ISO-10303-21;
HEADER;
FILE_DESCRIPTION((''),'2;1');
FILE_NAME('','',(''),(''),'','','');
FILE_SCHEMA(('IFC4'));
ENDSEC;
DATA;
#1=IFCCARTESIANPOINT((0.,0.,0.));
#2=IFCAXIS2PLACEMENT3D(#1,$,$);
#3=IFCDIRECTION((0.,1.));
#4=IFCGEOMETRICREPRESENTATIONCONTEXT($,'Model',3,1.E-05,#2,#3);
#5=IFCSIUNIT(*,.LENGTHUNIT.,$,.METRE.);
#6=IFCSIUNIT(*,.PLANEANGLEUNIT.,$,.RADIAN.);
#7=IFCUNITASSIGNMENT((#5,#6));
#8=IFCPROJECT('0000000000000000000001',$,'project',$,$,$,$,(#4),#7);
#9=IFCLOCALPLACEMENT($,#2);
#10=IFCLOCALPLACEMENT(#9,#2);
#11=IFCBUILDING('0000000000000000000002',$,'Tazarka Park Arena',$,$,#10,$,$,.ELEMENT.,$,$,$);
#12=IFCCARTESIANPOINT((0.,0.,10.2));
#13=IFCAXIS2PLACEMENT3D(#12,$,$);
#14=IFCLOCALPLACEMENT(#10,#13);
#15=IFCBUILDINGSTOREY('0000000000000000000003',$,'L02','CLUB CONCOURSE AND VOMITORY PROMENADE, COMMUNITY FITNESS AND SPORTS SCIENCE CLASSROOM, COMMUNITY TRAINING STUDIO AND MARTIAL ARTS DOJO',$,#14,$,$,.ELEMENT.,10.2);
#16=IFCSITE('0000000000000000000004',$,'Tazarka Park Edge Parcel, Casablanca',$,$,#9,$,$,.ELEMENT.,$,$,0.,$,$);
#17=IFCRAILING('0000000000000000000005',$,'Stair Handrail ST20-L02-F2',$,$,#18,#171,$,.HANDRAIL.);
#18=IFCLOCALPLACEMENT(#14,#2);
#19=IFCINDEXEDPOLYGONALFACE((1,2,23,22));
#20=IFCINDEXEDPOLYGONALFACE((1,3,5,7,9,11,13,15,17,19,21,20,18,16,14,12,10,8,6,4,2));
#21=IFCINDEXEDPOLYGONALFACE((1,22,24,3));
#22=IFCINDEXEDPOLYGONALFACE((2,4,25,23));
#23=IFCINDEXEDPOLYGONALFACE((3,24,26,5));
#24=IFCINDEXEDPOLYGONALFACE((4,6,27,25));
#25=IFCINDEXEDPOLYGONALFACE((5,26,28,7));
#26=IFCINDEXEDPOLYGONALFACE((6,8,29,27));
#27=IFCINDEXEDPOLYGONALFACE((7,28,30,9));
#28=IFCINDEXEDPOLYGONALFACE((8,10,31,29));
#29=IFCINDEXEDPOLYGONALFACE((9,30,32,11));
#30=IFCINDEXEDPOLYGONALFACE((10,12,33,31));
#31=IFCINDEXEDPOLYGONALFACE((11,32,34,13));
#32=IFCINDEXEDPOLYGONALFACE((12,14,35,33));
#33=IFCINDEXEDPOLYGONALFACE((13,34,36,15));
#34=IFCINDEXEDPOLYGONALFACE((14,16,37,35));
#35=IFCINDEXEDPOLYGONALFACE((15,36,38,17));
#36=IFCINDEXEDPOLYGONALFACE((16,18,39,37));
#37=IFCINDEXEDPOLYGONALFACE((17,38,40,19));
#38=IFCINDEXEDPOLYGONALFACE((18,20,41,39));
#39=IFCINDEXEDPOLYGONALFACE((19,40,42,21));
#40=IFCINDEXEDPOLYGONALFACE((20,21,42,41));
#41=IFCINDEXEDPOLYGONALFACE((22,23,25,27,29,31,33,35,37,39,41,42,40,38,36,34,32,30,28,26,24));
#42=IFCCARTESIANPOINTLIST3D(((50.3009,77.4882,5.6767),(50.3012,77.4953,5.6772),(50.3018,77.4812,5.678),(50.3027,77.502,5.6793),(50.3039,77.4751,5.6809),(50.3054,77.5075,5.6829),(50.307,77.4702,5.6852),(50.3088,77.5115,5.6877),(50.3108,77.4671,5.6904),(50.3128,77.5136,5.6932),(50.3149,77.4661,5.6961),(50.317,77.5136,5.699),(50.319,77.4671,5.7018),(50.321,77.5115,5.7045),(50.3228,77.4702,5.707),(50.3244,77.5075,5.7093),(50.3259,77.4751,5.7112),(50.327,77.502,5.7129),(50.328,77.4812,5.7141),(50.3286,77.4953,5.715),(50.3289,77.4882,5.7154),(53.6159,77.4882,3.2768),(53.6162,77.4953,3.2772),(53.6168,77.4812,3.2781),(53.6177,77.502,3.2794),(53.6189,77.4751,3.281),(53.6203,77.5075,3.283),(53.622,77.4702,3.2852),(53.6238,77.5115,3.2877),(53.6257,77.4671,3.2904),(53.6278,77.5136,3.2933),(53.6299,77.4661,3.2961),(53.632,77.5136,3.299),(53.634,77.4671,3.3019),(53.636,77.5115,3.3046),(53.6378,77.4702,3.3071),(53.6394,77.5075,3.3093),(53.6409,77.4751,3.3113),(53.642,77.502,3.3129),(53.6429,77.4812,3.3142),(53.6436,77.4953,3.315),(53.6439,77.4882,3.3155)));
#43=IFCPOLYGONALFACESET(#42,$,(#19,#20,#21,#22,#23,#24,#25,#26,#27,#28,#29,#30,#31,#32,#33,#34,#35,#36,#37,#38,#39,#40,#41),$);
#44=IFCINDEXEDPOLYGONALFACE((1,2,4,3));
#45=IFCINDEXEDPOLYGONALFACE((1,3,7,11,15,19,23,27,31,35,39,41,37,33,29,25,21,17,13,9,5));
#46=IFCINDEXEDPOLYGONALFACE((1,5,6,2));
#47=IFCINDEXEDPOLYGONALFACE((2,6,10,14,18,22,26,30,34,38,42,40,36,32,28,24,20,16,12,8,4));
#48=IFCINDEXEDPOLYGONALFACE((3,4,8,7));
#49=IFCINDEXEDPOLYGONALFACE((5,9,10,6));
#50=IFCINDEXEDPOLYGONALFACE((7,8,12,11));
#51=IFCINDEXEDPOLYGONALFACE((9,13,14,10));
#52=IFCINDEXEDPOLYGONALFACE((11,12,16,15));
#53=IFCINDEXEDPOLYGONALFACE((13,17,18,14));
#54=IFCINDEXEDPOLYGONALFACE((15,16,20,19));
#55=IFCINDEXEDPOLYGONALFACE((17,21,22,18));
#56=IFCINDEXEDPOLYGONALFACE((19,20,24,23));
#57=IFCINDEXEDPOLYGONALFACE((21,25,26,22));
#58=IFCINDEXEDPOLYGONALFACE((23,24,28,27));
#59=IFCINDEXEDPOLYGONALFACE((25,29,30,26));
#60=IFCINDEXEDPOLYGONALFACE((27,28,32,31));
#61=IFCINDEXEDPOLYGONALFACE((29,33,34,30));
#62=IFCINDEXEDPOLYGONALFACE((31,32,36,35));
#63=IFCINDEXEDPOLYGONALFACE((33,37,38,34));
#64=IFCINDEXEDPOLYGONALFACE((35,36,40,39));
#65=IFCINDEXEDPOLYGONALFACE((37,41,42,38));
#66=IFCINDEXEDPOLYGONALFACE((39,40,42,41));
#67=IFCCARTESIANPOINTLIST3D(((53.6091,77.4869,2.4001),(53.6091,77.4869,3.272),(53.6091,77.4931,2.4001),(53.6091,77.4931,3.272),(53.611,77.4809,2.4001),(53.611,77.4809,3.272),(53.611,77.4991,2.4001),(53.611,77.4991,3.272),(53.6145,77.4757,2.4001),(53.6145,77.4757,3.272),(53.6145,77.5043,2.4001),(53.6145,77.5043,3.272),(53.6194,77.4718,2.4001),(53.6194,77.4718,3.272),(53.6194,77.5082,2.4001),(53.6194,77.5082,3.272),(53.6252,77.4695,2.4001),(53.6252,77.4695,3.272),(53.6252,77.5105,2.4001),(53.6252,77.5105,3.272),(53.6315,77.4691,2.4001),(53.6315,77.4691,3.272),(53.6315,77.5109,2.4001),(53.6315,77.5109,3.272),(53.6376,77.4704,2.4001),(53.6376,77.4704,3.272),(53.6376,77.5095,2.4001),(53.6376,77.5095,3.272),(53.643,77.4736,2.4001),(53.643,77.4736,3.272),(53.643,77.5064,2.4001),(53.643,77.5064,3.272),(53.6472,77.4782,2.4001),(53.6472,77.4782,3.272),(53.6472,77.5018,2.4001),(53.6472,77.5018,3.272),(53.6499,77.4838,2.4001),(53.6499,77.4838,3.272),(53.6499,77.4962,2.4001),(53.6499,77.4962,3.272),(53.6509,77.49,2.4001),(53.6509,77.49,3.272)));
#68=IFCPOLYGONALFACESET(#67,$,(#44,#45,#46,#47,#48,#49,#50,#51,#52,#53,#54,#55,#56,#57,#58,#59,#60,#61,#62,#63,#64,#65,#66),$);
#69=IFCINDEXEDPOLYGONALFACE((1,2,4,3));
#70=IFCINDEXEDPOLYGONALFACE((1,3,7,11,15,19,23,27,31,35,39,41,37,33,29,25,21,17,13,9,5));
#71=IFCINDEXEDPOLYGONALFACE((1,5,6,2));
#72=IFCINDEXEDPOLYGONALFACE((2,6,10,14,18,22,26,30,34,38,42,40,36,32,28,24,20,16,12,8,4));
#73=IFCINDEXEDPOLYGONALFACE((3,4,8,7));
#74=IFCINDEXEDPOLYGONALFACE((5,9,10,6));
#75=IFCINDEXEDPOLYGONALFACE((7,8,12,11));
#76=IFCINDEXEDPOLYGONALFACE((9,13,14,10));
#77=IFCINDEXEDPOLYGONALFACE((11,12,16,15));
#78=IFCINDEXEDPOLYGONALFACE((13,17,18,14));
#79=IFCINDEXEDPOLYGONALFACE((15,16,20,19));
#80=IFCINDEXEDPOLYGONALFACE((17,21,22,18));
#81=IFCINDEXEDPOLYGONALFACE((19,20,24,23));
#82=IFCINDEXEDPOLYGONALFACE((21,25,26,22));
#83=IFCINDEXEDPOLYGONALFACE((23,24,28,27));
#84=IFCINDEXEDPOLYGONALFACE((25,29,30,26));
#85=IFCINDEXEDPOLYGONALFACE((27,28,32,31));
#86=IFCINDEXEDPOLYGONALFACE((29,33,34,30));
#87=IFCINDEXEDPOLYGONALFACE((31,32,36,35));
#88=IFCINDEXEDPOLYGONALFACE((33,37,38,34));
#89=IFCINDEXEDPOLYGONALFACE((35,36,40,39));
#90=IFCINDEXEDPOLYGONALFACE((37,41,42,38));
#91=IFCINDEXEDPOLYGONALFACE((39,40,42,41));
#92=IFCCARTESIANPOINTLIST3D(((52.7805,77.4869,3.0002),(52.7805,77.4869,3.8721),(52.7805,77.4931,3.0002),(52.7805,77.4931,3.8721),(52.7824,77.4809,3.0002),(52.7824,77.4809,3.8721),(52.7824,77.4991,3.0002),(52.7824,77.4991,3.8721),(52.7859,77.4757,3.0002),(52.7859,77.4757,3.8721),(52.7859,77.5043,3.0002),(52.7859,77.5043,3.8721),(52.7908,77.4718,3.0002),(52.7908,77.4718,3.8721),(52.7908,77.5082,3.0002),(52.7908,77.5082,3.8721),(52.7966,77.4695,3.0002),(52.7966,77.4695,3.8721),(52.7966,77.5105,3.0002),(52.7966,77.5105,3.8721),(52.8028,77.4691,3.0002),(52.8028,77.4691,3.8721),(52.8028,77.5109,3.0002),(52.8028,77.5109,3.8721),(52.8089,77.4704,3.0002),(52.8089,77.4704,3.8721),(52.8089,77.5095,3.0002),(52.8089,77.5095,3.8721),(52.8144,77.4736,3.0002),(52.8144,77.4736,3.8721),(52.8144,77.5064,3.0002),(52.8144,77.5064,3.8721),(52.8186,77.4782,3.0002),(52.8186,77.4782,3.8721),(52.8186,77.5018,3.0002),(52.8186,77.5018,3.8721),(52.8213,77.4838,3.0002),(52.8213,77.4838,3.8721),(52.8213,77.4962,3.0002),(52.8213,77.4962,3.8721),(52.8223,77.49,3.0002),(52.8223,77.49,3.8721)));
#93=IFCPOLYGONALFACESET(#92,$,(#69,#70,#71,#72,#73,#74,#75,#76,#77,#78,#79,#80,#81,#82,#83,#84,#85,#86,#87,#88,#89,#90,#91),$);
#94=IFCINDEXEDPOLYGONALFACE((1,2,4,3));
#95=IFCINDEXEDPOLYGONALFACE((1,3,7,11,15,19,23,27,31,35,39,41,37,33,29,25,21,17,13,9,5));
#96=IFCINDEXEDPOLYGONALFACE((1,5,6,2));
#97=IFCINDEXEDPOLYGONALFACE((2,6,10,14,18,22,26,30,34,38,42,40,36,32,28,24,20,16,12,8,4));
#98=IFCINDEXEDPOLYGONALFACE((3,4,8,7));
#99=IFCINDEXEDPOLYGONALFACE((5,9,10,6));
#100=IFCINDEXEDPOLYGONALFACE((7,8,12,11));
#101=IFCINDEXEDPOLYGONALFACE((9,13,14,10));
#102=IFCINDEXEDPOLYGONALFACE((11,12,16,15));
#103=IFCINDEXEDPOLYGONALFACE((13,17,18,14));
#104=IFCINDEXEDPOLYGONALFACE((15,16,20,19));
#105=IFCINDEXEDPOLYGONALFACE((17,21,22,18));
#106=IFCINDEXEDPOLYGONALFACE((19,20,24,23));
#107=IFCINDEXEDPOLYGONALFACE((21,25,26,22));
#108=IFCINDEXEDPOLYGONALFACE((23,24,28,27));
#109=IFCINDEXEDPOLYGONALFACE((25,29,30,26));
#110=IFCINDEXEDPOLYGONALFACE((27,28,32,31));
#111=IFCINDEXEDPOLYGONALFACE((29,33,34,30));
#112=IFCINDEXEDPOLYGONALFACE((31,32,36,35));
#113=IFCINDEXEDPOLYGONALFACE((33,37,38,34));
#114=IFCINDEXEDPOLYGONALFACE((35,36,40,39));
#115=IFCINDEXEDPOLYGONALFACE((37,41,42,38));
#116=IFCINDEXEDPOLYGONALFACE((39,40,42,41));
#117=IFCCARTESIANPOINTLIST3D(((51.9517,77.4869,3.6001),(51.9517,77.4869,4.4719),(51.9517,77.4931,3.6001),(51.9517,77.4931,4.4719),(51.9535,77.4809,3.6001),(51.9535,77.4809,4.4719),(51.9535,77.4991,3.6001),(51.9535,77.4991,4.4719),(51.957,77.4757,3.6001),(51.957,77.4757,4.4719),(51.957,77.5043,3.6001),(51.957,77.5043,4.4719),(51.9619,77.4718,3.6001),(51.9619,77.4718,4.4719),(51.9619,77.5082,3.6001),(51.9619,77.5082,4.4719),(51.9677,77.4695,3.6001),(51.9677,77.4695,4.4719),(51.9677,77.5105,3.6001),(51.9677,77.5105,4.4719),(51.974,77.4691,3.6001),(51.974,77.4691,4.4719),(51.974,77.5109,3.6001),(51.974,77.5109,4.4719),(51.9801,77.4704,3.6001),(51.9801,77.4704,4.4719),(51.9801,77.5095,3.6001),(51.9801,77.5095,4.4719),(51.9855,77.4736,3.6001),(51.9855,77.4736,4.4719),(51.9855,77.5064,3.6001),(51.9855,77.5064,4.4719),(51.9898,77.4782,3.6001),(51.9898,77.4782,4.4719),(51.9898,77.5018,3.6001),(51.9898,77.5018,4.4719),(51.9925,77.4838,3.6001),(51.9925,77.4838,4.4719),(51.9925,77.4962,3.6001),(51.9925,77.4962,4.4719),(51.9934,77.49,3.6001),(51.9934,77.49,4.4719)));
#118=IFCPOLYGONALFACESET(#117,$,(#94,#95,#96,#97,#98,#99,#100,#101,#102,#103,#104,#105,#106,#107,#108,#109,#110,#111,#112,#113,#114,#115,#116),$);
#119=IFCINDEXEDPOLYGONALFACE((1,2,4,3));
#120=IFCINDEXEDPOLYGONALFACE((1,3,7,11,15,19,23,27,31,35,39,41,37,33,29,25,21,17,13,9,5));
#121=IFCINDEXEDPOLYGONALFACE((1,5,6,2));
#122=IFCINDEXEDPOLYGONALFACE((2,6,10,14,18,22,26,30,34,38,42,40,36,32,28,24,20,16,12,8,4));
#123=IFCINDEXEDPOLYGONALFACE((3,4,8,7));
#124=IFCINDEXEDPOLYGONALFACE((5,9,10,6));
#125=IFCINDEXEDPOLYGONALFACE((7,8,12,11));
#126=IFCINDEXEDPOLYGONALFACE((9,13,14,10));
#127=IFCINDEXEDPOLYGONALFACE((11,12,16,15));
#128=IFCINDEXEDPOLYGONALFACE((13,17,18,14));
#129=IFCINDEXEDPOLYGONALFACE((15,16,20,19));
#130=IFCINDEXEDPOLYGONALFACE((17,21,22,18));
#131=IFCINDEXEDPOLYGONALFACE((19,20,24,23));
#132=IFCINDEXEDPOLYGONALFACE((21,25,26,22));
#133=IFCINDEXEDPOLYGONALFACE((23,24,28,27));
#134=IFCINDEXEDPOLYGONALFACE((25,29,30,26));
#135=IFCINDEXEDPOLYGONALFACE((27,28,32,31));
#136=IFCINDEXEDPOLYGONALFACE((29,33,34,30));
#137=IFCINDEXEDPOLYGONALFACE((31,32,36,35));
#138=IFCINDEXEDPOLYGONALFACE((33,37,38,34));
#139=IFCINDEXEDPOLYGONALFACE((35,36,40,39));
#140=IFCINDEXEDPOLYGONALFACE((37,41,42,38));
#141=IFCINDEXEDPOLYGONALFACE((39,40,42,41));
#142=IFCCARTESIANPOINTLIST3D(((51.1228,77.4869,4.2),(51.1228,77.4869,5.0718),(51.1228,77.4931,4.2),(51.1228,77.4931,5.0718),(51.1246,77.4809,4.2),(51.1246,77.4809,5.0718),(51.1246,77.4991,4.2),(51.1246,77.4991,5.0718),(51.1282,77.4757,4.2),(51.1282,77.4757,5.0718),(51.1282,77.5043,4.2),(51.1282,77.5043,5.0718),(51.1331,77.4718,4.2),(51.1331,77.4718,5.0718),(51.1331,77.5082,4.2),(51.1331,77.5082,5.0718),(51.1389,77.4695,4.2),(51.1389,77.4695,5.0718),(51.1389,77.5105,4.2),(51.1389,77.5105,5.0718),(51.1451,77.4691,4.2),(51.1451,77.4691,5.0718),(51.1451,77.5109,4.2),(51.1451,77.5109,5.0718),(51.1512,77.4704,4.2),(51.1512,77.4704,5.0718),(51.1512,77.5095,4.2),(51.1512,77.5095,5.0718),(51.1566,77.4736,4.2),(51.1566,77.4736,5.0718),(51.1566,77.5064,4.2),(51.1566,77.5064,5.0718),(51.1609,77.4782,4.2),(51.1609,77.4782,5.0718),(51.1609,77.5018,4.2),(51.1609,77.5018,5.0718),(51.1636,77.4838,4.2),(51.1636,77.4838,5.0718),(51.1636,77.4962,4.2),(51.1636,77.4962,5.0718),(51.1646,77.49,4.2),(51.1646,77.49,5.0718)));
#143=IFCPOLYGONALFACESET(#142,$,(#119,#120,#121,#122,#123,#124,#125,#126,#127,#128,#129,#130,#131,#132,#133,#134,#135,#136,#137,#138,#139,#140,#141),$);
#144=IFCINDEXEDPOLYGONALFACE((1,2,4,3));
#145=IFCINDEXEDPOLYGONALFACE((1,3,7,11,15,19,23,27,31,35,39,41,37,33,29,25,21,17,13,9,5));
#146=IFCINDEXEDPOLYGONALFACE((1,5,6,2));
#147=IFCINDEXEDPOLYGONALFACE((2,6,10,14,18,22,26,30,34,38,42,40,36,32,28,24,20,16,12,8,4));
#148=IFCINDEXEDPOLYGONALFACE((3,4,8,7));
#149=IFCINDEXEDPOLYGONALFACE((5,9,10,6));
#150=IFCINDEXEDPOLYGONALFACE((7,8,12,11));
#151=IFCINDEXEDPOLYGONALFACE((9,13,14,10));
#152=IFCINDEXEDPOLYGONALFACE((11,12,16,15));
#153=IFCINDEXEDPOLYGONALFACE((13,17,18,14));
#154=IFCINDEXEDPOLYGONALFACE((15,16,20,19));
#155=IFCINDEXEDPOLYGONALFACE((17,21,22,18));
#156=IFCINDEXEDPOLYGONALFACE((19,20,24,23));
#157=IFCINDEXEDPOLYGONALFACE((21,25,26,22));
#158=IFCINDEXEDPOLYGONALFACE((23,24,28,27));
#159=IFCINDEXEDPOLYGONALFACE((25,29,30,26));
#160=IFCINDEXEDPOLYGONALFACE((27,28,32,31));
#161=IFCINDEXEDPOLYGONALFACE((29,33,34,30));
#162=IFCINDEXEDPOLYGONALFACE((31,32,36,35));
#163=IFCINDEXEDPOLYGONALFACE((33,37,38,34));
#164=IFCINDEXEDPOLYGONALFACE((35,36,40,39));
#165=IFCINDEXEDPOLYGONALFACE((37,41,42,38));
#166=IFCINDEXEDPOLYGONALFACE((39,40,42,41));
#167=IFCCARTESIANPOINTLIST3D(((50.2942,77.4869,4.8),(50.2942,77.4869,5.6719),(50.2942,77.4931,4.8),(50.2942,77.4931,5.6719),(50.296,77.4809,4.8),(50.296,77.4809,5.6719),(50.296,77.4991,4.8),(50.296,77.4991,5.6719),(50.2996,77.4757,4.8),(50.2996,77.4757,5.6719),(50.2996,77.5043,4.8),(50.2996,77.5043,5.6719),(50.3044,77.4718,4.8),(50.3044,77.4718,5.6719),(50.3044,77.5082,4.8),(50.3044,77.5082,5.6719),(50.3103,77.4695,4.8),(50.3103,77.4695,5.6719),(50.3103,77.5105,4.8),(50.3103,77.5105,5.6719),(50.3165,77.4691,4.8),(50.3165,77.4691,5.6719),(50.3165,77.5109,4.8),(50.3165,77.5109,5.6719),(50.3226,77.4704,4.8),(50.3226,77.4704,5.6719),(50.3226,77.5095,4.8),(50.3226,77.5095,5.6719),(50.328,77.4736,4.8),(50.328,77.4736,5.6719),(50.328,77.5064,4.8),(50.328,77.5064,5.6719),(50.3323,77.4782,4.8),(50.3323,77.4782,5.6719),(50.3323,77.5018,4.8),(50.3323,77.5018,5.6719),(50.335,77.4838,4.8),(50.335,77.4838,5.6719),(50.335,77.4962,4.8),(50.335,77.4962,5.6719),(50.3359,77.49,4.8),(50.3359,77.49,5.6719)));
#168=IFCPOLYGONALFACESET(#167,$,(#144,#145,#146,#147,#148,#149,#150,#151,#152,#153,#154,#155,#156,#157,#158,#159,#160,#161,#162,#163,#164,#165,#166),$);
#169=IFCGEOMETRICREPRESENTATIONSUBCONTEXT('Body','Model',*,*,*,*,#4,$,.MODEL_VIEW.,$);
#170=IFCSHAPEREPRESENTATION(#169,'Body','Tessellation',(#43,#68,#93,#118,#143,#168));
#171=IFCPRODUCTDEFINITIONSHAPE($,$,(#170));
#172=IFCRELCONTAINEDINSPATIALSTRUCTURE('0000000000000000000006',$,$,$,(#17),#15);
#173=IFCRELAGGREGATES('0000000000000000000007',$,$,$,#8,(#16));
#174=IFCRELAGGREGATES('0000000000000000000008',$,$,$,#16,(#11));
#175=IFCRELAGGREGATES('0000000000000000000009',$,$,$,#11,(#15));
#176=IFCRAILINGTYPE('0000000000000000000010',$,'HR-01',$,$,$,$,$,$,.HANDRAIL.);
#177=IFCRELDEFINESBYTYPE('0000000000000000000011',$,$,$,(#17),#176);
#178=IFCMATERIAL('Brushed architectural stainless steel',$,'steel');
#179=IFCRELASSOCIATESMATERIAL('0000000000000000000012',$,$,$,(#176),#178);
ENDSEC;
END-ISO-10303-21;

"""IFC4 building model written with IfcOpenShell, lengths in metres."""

from ifc_helpers import new_model, si_unit, direction, frame, origin, origin_2d, place, context, subcontext, project, spatial, circle, extrude, material, type_object, element, save


model = new_model("IFC4")

# Units and contexts
model_context = context("Model", 3, precision=1e-05, world=origin(), true_north=direction((0.0, 1.0)))
body_context = subcontext(model_context, "Body", "Model", "MODEL_VIEW")
ifc_project = project(units=[si_unit("LENGTHUNIT", "METRE"), si_unit("PLANEANGLEUNIT", "RADIAN")], contexts=[model_context])

# Site, building, storey
site_placement = place(None, origin())
site = spatial("IfcSite", under=ifc_project, at=site_placement, Name="Tazarka Park Edge Parcel, Casablanca", CompositionType="ELEMENT", RefElevation=0.0)
building_placement = place(site_placement, origin())
building = spatial("IfcBuilding", under=site, at=building_placement, Name="Tazarka Park Arena", CompositionType="ELEMENT")
storey_placement = place(building_placement, frame((0.0, 0.0, 10.2)))
storey = spatial("IfcBuildingStorey", under=building, at=storey_placement, Name="L02", Description="CLUB CONCOURSE AND VOMITORY PROMENADE, COMMUNITY FITNESS AND SPORTS SCIENCE CLASSROOM, COMMUNITY TRAINING STUDIO AND MARTIAL ARTS DOJO", CompositionType="ELEMENT", Elevation=10.2)

# Railing
ifc_material_1 = material(Name="Brushed architectural stainless steel", Category="steel")
railing_type_1 = type_object("IfcRailingType", Name="HR-01", PredefinedType="HANDRAIL", material=ifc_material_1)
railing_1_placement = place(storey_placement, frame((53.6299, 77.49, 2.4001)))
element("IfcRailing", 1, at=railing_1_placement, inside=storey, type_object=railing_type_1, Name="Stair Handrail ST20-L02-F2", PredefinedType="HANDRAIL", context=body_context, shape_type="SweptSolid", body=[
    extrude(circle(Radius=0.0239, at=origin_2d()), frame((0.0, 0.0, 0.896), z_axis=(-0.810009, 0.0, 0.586418), x_axis=(0.0, -1.0, 0.0)), (0.0, 0.0, 1.0), 4.0925),
    extrude(circle(Radius=0.021, at=origin_2d()), origin(), (0.0, 0.0, 1.0), 0.8718),
    extrude(circle(Radius=0.021, at=origin_2d()), frame((-0.8286, 0.0, 0.6001)), (0.0, 0.0, 1.0), 0.8718),
    extrude(circle(Radius=0.021, at=origin_2d()), frame((-1.6575, 0.0, 1.2)), (0.0, 0.0, 1.0), 0.8718),
    extrude(circle(Radius=0.021, at=origin_2d()), frame((-2.4863, 0.0, 1.7998)), (0.0, 0.0, 1.0), 0.8718),
    extrude(circle(Radius=0.021, at=origin_2d()), frame((-3.3149, 0.0, 2.3999)), (0.0, 0.0, 1.0), 0.8718),
])

save(model, "model.ifc")
